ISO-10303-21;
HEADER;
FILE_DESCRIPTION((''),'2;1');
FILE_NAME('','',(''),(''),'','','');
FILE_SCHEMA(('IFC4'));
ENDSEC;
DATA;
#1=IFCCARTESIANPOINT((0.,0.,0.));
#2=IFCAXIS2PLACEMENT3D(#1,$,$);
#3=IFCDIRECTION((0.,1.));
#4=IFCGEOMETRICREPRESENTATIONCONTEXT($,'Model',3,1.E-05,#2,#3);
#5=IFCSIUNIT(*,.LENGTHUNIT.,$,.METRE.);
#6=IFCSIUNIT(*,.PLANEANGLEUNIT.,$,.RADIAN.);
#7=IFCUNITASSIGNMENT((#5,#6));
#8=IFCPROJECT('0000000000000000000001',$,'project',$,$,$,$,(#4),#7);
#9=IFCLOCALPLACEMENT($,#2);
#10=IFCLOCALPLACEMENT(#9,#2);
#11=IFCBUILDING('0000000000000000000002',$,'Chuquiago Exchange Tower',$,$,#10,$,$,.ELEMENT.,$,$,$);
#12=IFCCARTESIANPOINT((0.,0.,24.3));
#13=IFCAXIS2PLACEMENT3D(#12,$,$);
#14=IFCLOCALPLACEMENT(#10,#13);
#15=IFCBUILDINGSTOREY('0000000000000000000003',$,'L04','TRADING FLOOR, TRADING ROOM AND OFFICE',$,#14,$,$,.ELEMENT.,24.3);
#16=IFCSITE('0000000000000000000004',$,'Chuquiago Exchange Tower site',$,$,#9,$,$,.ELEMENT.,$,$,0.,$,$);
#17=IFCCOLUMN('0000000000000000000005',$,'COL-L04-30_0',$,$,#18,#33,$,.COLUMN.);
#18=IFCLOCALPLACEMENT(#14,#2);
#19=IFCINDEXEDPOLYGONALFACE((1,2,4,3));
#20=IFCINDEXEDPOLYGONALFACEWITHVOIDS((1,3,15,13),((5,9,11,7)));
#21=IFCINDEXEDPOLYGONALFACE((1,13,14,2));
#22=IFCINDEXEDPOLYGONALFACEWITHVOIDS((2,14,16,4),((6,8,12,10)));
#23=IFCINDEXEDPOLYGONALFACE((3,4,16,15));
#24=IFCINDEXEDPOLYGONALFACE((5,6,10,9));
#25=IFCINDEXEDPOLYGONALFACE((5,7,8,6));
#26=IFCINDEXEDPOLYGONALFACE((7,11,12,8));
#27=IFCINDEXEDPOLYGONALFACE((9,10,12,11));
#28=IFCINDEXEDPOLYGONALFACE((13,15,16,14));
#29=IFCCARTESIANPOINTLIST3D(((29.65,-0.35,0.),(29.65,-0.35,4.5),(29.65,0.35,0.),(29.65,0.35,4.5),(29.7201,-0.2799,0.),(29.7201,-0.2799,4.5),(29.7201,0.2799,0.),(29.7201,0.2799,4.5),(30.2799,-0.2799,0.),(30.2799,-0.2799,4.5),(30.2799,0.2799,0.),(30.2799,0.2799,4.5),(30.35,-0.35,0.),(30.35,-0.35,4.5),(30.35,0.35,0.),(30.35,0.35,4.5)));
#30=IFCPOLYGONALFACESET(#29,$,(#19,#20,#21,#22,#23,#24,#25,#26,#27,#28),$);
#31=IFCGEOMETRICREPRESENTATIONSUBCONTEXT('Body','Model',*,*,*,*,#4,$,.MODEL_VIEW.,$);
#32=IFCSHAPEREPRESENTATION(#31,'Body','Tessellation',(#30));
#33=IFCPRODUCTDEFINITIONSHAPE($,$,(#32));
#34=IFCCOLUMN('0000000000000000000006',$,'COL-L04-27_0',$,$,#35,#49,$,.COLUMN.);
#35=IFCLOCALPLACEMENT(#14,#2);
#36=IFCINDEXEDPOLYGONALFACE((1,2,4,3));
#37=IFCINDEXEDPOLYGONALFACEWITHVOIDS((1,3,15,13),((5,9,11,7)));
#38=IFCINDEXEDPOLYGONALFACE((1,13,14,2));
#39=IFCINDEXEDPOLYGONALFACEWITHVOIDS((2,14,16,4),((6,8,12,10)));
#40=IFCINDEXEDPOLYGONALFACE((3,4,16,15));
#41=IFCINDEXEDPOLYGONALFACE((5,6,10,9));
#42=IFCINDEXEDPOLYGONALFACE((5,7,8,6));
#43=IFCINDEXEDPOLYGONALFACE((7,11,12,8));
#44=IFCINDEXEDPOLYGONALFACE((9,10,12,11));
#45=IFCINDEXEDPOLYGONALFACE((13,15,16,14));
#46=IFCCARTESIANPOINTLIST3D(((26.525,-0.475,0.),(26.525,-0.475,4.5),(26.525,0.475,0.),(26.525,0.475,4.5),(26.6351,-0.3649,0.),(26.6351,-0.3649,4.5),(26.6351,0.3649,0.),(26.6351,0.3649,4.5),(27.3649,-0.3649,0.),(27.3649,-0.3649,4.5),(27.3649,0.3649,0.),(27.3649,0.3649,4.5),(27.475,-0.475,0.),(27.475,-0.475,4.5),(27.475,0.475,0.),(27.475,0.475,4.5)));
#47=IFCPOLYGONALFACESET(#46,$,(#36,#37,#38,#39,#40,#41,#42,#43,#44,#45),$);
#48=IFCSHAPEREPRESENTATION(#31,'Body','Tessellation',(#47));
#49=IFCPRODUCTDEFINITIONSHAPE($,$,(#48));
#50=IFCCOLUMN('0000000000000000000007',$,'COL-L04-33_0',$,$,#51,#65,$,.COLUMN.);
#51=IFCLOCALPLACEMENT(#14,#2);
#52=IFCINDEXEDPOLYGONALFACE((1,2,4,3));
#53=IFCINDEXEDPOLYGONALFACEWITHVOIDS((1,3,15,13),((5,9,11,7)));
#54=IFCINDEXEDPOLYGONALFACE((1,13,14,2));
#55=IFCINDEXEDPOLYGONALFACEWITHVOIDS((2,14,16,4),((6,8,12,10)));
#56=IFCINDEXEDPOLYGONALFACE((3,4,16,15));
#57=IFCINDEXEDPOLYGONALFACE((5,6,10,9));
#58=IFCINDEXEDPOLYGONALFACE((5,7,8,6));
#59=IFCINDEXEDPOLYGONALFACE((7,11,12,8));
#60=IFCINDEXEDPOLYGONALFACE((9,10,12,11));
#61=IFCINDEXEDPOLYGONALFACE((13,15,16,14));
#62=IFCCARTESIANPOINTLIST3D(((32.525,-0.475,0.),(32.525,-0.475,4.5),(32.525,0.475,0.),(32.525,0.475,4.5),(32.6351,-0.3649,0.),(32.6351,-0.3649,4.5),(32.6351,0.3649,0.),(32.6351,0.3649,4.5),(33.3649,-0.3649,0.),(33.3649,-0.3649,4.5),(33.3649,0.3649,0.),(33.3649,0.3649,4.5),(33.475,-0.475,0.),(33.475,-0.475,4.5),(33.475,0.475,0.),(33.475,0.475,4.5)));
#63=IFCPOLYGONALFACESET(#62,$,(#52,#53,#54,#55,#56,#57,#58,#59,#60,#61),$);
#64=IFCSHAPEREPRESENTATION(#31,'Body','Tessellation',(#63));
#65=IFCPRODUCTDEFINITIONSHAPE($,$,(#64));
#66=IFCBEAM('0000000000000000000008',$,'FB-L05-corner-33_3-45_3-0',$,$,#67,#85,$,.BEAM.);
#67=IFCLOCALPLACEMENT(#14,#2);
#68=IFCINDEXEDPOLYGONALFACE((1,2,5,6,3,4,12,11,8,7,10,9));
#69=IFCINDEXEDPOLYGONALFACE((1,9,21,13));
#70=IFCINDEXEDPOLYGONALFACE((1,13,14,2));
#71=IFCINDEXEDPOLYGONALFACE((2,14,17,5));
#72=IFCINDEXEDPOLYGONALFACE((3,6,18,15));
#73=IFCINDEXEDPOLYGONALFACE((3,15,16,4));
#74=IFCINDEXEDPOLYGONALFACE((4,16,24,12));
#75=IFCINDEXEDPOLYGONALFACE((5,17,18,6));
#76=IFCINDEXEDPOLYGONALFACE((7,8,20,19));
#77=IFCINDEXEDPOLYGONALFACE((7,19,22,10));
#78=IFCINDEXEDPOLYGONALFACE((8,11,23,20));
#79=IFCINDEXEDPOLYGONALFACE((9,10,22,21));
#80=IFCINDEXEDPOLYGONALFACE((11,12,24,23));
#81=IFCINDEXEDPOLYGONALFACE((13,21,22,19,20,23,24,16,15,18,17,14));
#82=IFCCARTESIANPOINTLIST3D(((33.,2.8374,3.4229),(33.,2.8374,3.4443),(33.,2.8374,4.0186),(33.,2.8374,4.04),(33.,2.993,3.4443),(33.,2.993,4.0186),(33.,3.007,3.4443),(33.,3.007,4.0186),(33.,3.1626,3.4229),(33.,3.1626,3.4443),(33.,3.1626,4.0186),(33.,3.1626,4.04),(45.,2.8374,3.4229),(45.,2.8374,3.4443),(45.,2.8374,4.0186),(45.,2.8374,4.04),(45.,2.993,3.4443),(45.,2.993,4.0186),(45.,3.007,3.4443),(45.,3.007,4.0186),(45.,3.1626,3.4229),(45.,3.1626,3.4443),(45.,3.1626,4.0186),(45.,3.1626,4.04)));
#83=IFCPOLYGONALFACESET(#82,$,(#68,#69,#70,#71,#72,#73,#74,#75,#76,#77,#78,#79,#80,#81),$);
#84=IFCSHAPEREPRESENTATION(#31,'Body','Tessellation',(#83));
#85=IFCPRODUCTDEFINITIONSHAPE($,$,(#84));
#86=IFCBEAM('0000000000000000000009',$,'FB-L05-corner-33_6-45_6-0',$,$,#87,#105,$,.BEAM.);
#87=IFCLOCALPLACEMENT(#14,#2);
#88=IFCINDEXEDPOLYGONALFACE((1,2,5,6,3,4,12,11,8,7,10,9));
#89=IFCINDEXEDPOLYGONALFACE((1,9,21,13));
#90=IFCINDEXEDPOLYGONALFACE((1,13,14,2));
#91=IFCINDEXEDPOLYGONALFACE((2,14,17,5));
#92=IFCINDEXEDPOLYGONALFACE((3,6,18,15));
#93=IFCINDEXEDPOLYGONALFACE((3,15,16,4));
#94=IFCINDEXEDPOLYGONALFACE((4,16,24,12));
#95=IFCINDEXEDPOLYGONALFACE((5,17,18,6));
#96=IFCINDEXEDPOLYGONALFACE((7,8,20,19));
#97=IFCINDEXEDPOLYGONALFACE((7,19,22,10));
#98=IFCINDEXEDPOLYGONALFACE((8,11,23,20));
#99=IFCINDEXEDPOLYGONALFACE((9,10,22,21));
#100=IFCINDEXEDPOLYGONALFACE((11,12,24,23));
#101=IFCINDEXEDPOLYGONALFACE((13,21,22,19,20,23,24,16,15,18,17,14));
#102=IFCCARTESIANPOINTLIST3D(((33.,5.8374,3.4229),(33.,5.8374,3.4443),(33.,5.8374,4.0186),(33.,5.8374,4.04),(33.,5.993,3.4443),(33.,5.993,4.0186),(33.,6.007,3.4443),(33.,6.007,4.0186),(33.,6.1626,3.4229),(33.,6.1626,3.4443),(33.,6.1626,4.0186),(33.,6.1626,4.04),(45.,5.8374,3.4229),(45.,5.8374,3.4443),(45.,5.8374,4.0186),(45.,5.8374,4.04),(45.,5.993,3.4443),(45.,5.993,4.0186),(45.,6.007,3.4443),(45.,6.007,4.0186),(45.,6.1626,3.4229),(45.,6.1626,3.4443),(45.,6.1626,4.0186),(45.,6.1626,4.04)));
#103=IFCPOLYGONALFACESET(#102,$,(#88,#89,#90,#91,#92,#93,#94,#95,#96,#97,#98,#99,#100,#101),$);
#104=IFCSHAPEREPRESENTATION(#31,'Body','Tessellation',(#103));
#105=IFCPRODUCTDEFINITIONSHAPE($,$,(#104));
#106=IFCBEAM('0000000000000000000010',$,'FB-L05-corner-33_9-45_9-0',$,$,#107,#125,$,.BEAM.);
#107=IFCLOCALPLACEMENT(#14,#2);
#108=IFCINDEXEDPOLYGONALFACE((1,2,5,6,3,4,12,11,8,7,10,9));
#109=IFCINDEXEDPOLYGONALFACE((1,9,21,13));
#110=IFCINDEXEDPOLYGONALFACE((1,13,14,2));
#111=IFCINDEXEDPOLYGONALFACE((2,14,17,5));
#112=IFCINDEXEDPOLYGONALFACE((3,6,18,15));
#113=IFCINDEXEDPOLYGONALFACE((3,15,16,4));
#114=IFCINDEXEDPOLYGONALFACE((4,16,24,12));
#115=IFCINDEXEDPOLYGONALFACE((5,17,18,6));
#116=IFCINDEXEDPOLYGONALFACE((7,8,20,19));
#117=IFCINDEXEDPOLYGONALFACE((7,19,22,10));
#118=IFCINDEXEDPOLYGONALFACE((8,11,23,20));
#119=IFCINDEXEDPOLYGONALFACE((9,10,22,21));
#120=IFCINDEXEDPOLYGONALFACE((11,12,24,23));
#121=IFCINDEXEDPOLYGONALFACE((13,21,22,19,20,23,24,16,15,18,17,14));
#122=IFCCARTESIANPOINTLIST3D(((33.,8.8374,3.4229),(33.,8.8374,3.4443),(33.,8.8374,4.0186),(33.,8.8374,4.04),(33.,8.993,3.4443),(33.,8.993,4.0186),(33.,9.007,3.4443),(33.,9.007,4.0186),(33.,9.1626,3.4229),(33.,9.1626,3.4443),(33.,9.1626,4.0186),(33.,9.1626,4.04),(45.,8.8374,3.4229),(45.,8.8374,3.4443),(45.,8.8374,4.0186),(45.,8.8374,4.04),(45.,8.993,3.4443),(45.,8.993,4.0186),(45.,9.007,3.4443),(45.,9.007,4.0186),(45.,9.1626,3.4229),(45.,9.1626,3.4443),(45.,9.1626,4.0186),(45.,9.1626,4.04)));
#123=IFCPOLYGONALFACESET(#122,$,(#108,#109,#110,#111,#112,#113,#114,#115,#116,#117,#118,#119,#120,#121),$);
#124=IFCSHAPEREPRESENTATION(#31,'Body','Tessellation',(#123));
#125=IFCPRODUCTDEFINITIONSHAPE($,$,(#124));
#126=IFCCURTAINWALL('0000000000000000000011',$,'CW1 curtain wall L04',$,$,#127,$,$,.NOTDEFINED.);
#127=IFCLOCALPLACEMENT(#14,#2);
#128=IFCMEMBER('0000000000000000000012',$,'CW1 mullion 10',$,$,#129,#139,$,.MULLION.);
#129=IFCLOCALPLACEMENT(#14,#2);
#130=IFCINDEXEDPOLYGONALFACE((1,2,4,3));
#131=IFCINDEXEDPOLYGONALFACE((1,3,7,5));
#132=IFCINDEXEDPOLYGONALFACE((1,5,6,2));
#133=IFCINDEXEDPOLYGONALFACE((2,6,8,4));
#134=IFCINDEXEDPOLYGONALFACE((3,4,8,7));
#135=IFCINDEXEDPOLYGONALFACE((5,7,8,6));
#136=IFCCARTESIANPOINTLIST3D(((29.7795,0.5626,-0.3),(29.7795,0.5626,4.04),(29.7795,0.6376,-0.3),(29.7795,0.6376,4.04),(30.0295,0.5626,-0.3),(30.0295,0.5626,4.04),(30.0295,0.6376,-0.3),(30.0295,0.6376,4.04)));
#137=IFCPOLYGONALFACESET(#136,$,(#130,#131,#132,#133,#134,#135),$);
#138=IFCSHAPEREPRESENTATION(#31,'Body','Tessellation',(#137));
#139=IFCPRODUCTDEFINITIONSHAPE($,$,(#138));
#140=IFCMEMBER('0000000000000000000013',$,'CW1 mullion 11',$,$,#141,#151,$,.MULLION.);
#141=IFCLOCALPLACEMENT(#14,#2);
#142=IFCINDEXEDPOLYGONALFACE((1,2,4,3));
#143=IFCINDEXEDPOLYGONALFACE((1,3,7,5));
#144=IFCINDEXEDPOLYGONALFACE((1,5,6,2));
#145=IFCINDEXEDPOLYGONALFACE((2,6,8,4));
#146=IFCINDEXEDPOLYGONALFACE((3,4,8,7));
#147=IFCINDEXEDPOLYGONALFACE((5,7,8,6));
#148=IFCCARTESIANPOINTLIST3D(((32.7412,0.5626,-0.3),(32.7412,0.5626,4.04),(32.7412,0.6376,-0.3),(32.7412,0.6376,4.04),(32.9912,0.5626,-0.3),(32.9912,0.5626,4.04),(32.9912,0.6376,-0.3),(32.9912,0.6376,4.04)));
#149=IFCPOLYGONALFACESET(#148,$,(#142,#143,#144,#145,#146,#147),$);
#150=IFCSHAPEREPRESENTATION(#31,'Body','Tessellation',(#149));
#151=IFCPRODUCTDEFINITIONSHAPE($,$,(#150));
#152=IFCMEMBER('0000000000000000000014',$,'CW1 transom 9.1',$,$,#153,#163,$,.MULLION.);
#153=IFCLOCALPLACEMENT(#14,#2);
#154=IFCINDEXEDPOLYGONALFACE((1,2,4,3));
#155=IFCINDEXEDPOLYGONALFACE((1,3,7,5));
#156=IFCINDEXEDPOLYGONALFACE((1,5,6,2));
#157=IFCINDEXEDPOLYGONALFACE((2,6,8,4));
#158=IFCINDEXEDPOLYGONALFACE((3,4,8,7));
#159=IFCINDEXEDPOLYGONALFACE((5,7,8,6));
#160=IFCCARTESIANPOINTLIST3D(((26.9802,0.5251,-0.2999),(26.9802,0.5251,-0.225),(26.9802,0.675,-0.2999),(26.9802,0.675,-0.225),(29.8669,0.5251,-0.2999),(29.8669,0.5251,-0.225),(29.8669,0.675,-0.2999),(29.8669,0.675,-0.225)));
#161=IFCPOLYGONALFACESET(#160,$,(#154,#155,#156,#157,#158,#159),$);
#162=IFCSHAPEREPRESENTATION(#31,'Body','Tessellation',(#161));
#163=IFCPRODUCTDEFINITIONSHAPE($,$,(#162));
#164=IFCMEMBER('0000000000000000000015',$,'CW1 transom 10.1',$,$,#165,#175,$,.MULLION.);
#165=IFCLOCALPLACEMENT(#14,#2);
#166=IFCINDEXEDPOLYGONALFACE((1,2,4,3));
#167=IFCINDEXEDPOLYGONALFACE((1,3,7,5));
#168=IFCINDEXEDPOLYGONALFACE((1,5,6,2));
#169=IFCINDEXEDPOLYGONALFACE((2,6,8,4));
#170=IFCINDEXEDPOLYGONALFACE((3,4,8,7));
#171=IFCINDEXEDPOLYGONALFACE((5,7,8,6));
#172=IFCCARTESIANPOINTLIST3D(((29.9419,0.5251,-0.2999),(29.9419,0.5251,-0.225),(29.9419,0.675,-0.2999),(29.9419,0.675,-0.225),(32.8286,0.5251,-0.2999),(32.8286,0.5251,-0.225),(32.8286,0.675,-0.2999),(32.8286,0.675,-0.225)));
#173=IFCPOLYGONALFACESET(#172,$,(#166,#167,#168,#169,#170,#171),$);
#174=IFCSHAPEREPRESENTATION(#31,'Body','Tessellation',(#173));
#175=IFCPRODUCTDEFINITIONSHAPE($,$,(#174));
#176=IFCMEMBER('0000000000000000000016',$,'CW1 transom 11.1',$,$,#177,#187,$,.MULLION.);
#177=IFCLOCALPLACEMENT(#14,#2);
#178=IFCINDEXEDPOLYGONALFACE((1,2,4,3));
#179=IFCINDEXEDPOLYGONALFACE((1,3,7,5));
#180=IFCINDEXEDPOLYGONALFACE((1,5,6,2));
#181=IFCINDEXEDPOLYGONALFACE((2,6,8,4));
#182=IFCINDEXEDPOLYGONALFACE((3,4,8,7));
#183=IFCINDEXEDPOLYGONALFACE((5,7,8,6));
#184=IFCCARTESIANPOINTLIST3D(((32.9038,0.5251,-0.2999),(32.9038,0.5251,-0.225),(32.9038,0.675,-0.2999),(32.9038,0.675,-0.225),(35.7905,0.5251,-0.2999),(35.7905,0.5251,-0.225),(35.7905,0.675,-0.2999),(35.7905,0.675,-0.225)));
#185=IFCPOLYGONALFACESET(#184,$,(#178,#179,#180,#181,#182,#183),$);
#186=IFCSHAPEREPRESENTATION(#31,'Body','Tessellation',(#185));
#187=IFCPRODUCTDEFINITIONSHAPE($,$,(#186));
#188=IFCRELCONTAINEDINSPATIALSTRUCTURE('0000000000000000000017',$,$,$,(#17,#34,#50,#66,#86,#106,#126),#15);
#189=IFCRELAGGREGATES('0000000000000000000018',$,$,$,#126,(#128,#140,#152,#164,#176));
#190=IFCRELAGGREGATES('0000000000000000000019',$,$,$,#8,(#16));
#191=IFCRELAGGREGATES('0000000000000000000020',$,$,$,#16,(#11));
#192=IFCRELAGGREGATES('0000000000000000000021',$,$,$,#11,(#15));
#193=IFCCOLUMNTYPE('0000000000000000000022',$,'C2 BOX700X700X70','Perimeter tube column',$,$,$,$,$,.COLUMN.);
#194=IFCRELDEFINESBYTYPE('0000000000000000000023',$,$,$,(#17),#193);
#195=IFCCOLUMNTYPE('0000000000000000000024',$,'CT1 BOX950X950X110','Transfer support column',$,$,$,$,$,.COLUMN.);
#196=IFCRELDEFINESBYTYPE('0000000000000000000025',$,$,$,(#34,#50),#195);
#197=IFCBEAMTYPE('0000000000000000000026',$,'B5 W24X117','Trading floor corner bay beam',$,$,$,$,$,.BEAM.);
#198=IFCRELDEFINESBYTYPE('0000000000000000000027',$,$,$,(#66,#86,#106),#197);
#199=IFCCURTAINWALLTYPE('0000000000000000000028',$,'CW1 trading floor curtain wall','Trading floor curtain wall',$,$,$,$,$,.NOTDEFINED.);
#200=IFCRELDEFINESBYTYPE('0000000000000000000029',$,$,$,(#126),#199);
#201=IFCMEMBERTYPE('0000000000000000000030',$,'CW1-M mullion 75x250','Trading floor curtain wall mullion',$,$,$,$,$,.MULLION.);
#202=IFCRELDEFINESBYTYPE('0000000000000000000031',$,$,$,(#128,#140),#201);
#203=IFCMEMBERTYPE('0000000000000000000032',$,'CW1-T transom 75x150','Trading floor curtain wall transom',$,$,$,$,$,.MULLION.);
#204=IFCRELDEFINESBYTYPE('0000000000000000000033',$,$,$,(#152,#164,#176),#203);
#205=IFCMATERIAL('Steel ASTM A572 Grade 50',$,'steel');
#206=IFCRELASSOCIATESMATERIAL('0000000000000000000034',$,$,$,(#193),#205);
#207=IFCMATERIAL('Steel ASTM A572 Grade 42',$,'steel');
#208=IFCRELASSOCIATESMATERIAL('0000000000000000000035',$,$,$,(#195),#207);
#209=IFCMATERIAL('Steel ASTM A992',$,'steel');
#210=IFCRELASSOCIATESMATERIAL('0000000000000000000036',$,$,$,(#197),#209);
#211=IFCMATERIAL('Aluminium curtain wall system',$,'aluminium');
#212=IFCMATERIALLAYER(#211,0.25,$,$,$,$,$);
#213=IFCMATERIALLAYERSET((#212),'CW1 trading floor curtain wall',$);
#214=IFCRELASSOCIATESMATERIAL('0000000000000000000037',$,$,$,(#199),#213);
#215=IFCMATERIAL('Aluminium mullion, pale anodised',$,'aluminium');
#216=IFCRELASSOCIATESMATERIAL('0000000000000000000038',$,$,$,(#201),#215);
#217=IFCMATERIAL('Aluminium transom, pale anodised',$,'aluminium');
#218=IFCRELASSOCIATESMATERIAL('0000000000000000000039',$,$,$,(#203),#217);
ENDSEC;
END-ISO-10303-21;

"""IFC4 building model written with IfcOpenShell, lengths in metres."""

from ifc_helpers import new_model, si_unit, direction, frame, origin, origin_2d, place, context, subcontext, project, spatial, rectangle, hollow_rectangle, i_section, extrude, material, layer, layer_set, material_profile, profile_set, type_object, element, aggregate, save


model = new_model("IFC4")

# Units and contexts
model_context = context("Model", 3, precision=1e-05, world=origin(), true_north=direction((0.0, 1.0)))
body_context = subcontext(model_context, "Body", "Model", "MODEL_VIEW")
ifc_project = project(units=[si_unit("LENGTHUNIT", "METRE"), si_unit("PLANEANGLEUNIT", "RADIAN")], contexts=[model_context])

# Site, building, storey
site_placement = place(None, origin())
site = spatial("IfcSite", under=ifc_project, at=site_placement, Name="Chuquiago Exchange Tower site", CompositionType="ELEMENT", RefElevation=0.0)
building_placement = place(site_placement, origin())
building = spatial("IfcBuilding", under=site, at=building_placement, Name="Chuquiago Exchange Tower", CompositionType="ELEMENT")
storey_placement = place(building_placement, frame((0.0, 0.0, 24.3)))
storey = spatial("IfcBuildingStorey", under=building, at=storey_placement, Name="L04", Description="TRADING FLOOR, TRADING ROOM AND OFFICE", CompositionType="ELEMENT", Elevation=24.3)

# Columns
ifc_material_1 = material(Name="Steel ASTM A572 Grade 50", Category="steel")
ifc_material_profile_1 = material_profile(ifc_material_1, hollow_rectangle(XDim=0.7, YDim=0.7, WallThickness=0.0701, at=origin_2d()), Name="BOX700X700X70")
ifc_profile_set_1 = profile_set([ifc_material_profile_1], Name="Steel ASTM A572 Grade 50")
column_type_1 = type_object("IfcColumnType", Name="C2 BOX700X700X70", Description="Perimeter tube column", PredefinedType="COLUMN", material=ifc_profile_set_1)
column_placement = place(storey_placement, frame((30.0, 0.0, 0.0), z_axis=(0.0, 0.0, 1.0), x_axis=(0.0, -1.0, 0.0)))
element("IfcColumn", 1, at=column_placement, inside=storey, type_object=column_type_1, Name="COL-L04-30_0", PredefinedType="COLUMN", context=body_context, shape_type="SweptSolid", body=[
    extrude(hollow_rectangle(XDim=0.7, YDim=0.7, WallThickness=0.0701, at=origin_2d()), origin(), (0.0, 0.0, 1.0), 4.5),
])
ifc_material_2 = material(Name="Steel ASTM A572 Grade 42", Category="steel")
ifc_material_profile_2 = material_profile(ifc_material_2, hollow_rectangle(XDim=0.95, YDim=0.95, WallThickness=0.1101, at=origin_2d()), Name="BOX950X950X110")
ifc_profile_set_2 = profile_set([ifc_material_profile_2], Name="Steel ASTM A572 Grade 42")
column_type_2 = type_object("IfcColumnType", Name="CT1 BOX950X950X110", Description="Transfer support column", PredefinedType="COLUMN", material=ifc_profile_set_2)
for number, where, z_axis, x_axis, name in (
    (2, (27.0, 0.0, 0.0), (0.0, 0.0, 1.0), (0.0, -1.0, 0.0), "COL-L04-27_0"),
    (3, (33.0, 0.0, 0.0), (0.0, 0.0, 1.0), (0.0, -1.0, 0.0), "COL-L04-33_0"),
):
    element("IfcColumn", number, at=place(storey_placement, frame(where, z_axis=z_axis, x_axis=x_axis)), inside=storey, type_object=column_type_2, Name=name, PredefinedType="COLUMN", context=body_context, shape_type="SweptSolid", body=[
        extrude(hollow_rectangle(XDim=0.95, YDim=0.95, WallThickness=0.1101, at=origin_2d()), origin(), (0.0, 0.0, 1.0), 4.5),
    ])

# Beams
ifc_material_3 = material(Name="Steel ASTM A992", Category="steel")
ifc_material_profile_3 = material_profile(ifc_material_3, i_section(OverallWidth=0.3252, OverallDepth=0.6172, WebThickness=0.0139, FlangeThickness=0.0215, at=origin_2d()), Name="W24X117")
ifc_profile_set_3 = profile_set([ifc_material_profile_3], Name="Steel ASTM A992")
beam_type_1 = type_object("IfcBeamType", Name="B5 W24X117", Description="Trading floor corner bay beam", PredefinedType="BEAM", material=ifc_profile_set_3)
for number, where, z_axis, x_axis, name in (
    (4, (33.0, 3.0, 3.7314), (1.0, 0.0, 0.0), (0.0, 1.0, 0.0), "FB-L05-corner-33_3-45_3-0"),
    (5, (33.0, 6.0, 3.7314), (1.0, 0.0, 0.0), (0.0, 1.0, 0.0), "FB-L05-corner-33_6-45_6-0"),
    (6, (33.0, 9.0, 3.7314), (1.0, 0.0, 0.0), (0.0, 1.0, 0.0), "FB-L05-corner-33_9-45_9-0"),
):
    element("IfcBeam", number, at=place(storey_placement, frame(where, z_axis=z_axis, x_axis=x_axis)), inside=storey, type_object=beam_type_1, Name=name, PredefinedType="BEAM", context=body_context, shape_type="SweptSolid", body=[
        extrude(i_section(OverallWidth=0.3252, OverallDepth=0.6172, WebThickness=0.0139, FlangeThickness=0.0215, at=origin_2d()), origin(), (0.0, 0.0, 1.0), 12.0),
    ])

# Curtain wall, members
ifc_material_4 = material(Name="Aluminium curtain wall system", Category="aluminium")
ifc_layer_1 = layer(ifc_material_4, 0.25)
ifc_layer_set_1 = layer_set([ifc_layer_1], Name="CW1 trading floor curtain wall")
curtain_wall_type = type_object("IfcCurtainWallType", Name="CW1 trading floor curtain wall", Description="Trading floor curtain wall", PredefinedType="NOTDEFINED", material=ifc_layer_set_1)
curtain_wall_placement = place(storey_placement, origin())
curtain_wall = element("IfcCurtainWall", 7, at=curtain_wall_placement, inside=storey, type_object=curtain_wall_type, Name="CW1 curtain wall L04", PredefinedType="NOTDEFINED")
ifc_material_5 = material(Name="Aluminium mullion, pale anodised", Category="aluminium")
ifc_material_profile_4 = material_profile(ifc_material_5, rectangle(XDim=0.075, YDim=0.25, at=origin_2d()), Name="AL 75x250")
ifc_profile_set_4 = profile_set([ifc_material_profile_4], Name="Aluminium mullion, pale anodised")
member_type_1 = type_object("IfcMemberType", Name="CW1-M mullion 75x250", Description="Trading floor curtain wall mullion", PredefinedType="MULLION", material=ifc_profile_set_4)
member_1_placement = place(storey_placement, frame((29.9045, 0.6001, -0.3), z_axis=(0.0, 0.0, 1.0), x_axis=(0.0, 1.0, 0.0)))
member_1 = element("IfcMember", 8, at=member_1_placement, type_object=member_type_1, Name="CW1 mullion 10", PredefinedType="MULLION", context=body_context, shape_type="SweptSolid", body=[
    extrude(rectangle(XDim=0.075, YDim=0.25, at=origin_2d()), origin(), (0.0, 0.0, 1.0), 4.3401),
])
member_2_placement = place(storey_placement, frame((32.8662, 0.6001, -0.3), z_axis=(0.0, 0.0, 1.0), x_axis=(0.0, 1.0, 0.0)))
member_2 = element("IfcMember", 9, at=member_2_placement, type_object=member_type_1, Name="CW1 mullion 11", PredefinedType="MULLION", context=body_context, shape_type="SweptSolid", body=[
    extrude(rectangle(XDim=0.075, YDim=0.25, at=origin_2d()), origin(), (0.0, 0.0, 1.0), 4.3401),
])
ifc_material_6 = material(Name="Aluminium transom, pale anodised", Category="aluminium")
ifc_material_profile_5 = material_profile(ifc_material_6, rectangle(XDim=0.1499, YDim=0.075, at=origin_2d()), Name="AL 150x75")
ifc_profile_set_5 = profile_set([ifc_material_profile_5], Name="Aluminium transom, pale anodised")
member_type_2 = type_object("IfcMemberType", Name="CW1-T transom 75x150", Description="Trading floor curtain wall transom", PredefinedType="MULLION", material=ifc_profile_set_5)
member_3_placement = place(storey_placement, frame((26.9802, 0.6001, -0.2625), z_axis=(1.0, 0.0, 0.0), x_axis=(0.0, 1.0, 0.0)))
member_3 = element("IfcMember", 10, at=member_3_placement, type_object=member_type_2, Name="CW1 transom 9.1", PredefinedType="MULLION", context=body_context, shape_type="SweptSolid", body=[
    extrude(rectangle(XDim=0.1499, YDim=0.075, at=origin_2d()), origin(), (0.0, 0.0, 1.0), 2.8867),
])
member_4_placement = place(storey_placement, frame((29.9419, 0.6001, -0.2625), z_axis=(1.0, 0.0, 0.0), x_axis=(0.0, 1.0, 0.0)))
member_4 = element("IfcMember", 11, at=member_4_placement, type_object=member_type_2, Name="CW1 transom 10.1", PredefinedType="MULLION", context=body_context, shape_type="SweptSolid", body=[
    extrude(rectangle(XDim=0.1499, YDim=0.075, at=origin_2d()), origin(), (0.0, 0.0, 1.0), 2.8867),
])
member_5_placement = place(storey_placement, frame((32.9038, 0.6001, -0.2625), z_axis=(1.0, 0.0, 0.0), x_axis=(0.0, 1.0, 0.0)))
member_5 = element("IfcMember", 12, at=member_5_placement, type_object=member_type_2, Name="CW1 transom 11.1", PredefinedType="MULLION", context=body_context, shape_type="SweptSolid", body=[
    extrude(rectangle(XDim=0.1499, YDim=0.075, at=origin_2d()), origin(), (0.0, 0.0, 1.0), 2.8867),
])

aggregate(curtain_wall, [member_1, member_2, member_3, member_4, member_5])

save(model, "model.ifc")
